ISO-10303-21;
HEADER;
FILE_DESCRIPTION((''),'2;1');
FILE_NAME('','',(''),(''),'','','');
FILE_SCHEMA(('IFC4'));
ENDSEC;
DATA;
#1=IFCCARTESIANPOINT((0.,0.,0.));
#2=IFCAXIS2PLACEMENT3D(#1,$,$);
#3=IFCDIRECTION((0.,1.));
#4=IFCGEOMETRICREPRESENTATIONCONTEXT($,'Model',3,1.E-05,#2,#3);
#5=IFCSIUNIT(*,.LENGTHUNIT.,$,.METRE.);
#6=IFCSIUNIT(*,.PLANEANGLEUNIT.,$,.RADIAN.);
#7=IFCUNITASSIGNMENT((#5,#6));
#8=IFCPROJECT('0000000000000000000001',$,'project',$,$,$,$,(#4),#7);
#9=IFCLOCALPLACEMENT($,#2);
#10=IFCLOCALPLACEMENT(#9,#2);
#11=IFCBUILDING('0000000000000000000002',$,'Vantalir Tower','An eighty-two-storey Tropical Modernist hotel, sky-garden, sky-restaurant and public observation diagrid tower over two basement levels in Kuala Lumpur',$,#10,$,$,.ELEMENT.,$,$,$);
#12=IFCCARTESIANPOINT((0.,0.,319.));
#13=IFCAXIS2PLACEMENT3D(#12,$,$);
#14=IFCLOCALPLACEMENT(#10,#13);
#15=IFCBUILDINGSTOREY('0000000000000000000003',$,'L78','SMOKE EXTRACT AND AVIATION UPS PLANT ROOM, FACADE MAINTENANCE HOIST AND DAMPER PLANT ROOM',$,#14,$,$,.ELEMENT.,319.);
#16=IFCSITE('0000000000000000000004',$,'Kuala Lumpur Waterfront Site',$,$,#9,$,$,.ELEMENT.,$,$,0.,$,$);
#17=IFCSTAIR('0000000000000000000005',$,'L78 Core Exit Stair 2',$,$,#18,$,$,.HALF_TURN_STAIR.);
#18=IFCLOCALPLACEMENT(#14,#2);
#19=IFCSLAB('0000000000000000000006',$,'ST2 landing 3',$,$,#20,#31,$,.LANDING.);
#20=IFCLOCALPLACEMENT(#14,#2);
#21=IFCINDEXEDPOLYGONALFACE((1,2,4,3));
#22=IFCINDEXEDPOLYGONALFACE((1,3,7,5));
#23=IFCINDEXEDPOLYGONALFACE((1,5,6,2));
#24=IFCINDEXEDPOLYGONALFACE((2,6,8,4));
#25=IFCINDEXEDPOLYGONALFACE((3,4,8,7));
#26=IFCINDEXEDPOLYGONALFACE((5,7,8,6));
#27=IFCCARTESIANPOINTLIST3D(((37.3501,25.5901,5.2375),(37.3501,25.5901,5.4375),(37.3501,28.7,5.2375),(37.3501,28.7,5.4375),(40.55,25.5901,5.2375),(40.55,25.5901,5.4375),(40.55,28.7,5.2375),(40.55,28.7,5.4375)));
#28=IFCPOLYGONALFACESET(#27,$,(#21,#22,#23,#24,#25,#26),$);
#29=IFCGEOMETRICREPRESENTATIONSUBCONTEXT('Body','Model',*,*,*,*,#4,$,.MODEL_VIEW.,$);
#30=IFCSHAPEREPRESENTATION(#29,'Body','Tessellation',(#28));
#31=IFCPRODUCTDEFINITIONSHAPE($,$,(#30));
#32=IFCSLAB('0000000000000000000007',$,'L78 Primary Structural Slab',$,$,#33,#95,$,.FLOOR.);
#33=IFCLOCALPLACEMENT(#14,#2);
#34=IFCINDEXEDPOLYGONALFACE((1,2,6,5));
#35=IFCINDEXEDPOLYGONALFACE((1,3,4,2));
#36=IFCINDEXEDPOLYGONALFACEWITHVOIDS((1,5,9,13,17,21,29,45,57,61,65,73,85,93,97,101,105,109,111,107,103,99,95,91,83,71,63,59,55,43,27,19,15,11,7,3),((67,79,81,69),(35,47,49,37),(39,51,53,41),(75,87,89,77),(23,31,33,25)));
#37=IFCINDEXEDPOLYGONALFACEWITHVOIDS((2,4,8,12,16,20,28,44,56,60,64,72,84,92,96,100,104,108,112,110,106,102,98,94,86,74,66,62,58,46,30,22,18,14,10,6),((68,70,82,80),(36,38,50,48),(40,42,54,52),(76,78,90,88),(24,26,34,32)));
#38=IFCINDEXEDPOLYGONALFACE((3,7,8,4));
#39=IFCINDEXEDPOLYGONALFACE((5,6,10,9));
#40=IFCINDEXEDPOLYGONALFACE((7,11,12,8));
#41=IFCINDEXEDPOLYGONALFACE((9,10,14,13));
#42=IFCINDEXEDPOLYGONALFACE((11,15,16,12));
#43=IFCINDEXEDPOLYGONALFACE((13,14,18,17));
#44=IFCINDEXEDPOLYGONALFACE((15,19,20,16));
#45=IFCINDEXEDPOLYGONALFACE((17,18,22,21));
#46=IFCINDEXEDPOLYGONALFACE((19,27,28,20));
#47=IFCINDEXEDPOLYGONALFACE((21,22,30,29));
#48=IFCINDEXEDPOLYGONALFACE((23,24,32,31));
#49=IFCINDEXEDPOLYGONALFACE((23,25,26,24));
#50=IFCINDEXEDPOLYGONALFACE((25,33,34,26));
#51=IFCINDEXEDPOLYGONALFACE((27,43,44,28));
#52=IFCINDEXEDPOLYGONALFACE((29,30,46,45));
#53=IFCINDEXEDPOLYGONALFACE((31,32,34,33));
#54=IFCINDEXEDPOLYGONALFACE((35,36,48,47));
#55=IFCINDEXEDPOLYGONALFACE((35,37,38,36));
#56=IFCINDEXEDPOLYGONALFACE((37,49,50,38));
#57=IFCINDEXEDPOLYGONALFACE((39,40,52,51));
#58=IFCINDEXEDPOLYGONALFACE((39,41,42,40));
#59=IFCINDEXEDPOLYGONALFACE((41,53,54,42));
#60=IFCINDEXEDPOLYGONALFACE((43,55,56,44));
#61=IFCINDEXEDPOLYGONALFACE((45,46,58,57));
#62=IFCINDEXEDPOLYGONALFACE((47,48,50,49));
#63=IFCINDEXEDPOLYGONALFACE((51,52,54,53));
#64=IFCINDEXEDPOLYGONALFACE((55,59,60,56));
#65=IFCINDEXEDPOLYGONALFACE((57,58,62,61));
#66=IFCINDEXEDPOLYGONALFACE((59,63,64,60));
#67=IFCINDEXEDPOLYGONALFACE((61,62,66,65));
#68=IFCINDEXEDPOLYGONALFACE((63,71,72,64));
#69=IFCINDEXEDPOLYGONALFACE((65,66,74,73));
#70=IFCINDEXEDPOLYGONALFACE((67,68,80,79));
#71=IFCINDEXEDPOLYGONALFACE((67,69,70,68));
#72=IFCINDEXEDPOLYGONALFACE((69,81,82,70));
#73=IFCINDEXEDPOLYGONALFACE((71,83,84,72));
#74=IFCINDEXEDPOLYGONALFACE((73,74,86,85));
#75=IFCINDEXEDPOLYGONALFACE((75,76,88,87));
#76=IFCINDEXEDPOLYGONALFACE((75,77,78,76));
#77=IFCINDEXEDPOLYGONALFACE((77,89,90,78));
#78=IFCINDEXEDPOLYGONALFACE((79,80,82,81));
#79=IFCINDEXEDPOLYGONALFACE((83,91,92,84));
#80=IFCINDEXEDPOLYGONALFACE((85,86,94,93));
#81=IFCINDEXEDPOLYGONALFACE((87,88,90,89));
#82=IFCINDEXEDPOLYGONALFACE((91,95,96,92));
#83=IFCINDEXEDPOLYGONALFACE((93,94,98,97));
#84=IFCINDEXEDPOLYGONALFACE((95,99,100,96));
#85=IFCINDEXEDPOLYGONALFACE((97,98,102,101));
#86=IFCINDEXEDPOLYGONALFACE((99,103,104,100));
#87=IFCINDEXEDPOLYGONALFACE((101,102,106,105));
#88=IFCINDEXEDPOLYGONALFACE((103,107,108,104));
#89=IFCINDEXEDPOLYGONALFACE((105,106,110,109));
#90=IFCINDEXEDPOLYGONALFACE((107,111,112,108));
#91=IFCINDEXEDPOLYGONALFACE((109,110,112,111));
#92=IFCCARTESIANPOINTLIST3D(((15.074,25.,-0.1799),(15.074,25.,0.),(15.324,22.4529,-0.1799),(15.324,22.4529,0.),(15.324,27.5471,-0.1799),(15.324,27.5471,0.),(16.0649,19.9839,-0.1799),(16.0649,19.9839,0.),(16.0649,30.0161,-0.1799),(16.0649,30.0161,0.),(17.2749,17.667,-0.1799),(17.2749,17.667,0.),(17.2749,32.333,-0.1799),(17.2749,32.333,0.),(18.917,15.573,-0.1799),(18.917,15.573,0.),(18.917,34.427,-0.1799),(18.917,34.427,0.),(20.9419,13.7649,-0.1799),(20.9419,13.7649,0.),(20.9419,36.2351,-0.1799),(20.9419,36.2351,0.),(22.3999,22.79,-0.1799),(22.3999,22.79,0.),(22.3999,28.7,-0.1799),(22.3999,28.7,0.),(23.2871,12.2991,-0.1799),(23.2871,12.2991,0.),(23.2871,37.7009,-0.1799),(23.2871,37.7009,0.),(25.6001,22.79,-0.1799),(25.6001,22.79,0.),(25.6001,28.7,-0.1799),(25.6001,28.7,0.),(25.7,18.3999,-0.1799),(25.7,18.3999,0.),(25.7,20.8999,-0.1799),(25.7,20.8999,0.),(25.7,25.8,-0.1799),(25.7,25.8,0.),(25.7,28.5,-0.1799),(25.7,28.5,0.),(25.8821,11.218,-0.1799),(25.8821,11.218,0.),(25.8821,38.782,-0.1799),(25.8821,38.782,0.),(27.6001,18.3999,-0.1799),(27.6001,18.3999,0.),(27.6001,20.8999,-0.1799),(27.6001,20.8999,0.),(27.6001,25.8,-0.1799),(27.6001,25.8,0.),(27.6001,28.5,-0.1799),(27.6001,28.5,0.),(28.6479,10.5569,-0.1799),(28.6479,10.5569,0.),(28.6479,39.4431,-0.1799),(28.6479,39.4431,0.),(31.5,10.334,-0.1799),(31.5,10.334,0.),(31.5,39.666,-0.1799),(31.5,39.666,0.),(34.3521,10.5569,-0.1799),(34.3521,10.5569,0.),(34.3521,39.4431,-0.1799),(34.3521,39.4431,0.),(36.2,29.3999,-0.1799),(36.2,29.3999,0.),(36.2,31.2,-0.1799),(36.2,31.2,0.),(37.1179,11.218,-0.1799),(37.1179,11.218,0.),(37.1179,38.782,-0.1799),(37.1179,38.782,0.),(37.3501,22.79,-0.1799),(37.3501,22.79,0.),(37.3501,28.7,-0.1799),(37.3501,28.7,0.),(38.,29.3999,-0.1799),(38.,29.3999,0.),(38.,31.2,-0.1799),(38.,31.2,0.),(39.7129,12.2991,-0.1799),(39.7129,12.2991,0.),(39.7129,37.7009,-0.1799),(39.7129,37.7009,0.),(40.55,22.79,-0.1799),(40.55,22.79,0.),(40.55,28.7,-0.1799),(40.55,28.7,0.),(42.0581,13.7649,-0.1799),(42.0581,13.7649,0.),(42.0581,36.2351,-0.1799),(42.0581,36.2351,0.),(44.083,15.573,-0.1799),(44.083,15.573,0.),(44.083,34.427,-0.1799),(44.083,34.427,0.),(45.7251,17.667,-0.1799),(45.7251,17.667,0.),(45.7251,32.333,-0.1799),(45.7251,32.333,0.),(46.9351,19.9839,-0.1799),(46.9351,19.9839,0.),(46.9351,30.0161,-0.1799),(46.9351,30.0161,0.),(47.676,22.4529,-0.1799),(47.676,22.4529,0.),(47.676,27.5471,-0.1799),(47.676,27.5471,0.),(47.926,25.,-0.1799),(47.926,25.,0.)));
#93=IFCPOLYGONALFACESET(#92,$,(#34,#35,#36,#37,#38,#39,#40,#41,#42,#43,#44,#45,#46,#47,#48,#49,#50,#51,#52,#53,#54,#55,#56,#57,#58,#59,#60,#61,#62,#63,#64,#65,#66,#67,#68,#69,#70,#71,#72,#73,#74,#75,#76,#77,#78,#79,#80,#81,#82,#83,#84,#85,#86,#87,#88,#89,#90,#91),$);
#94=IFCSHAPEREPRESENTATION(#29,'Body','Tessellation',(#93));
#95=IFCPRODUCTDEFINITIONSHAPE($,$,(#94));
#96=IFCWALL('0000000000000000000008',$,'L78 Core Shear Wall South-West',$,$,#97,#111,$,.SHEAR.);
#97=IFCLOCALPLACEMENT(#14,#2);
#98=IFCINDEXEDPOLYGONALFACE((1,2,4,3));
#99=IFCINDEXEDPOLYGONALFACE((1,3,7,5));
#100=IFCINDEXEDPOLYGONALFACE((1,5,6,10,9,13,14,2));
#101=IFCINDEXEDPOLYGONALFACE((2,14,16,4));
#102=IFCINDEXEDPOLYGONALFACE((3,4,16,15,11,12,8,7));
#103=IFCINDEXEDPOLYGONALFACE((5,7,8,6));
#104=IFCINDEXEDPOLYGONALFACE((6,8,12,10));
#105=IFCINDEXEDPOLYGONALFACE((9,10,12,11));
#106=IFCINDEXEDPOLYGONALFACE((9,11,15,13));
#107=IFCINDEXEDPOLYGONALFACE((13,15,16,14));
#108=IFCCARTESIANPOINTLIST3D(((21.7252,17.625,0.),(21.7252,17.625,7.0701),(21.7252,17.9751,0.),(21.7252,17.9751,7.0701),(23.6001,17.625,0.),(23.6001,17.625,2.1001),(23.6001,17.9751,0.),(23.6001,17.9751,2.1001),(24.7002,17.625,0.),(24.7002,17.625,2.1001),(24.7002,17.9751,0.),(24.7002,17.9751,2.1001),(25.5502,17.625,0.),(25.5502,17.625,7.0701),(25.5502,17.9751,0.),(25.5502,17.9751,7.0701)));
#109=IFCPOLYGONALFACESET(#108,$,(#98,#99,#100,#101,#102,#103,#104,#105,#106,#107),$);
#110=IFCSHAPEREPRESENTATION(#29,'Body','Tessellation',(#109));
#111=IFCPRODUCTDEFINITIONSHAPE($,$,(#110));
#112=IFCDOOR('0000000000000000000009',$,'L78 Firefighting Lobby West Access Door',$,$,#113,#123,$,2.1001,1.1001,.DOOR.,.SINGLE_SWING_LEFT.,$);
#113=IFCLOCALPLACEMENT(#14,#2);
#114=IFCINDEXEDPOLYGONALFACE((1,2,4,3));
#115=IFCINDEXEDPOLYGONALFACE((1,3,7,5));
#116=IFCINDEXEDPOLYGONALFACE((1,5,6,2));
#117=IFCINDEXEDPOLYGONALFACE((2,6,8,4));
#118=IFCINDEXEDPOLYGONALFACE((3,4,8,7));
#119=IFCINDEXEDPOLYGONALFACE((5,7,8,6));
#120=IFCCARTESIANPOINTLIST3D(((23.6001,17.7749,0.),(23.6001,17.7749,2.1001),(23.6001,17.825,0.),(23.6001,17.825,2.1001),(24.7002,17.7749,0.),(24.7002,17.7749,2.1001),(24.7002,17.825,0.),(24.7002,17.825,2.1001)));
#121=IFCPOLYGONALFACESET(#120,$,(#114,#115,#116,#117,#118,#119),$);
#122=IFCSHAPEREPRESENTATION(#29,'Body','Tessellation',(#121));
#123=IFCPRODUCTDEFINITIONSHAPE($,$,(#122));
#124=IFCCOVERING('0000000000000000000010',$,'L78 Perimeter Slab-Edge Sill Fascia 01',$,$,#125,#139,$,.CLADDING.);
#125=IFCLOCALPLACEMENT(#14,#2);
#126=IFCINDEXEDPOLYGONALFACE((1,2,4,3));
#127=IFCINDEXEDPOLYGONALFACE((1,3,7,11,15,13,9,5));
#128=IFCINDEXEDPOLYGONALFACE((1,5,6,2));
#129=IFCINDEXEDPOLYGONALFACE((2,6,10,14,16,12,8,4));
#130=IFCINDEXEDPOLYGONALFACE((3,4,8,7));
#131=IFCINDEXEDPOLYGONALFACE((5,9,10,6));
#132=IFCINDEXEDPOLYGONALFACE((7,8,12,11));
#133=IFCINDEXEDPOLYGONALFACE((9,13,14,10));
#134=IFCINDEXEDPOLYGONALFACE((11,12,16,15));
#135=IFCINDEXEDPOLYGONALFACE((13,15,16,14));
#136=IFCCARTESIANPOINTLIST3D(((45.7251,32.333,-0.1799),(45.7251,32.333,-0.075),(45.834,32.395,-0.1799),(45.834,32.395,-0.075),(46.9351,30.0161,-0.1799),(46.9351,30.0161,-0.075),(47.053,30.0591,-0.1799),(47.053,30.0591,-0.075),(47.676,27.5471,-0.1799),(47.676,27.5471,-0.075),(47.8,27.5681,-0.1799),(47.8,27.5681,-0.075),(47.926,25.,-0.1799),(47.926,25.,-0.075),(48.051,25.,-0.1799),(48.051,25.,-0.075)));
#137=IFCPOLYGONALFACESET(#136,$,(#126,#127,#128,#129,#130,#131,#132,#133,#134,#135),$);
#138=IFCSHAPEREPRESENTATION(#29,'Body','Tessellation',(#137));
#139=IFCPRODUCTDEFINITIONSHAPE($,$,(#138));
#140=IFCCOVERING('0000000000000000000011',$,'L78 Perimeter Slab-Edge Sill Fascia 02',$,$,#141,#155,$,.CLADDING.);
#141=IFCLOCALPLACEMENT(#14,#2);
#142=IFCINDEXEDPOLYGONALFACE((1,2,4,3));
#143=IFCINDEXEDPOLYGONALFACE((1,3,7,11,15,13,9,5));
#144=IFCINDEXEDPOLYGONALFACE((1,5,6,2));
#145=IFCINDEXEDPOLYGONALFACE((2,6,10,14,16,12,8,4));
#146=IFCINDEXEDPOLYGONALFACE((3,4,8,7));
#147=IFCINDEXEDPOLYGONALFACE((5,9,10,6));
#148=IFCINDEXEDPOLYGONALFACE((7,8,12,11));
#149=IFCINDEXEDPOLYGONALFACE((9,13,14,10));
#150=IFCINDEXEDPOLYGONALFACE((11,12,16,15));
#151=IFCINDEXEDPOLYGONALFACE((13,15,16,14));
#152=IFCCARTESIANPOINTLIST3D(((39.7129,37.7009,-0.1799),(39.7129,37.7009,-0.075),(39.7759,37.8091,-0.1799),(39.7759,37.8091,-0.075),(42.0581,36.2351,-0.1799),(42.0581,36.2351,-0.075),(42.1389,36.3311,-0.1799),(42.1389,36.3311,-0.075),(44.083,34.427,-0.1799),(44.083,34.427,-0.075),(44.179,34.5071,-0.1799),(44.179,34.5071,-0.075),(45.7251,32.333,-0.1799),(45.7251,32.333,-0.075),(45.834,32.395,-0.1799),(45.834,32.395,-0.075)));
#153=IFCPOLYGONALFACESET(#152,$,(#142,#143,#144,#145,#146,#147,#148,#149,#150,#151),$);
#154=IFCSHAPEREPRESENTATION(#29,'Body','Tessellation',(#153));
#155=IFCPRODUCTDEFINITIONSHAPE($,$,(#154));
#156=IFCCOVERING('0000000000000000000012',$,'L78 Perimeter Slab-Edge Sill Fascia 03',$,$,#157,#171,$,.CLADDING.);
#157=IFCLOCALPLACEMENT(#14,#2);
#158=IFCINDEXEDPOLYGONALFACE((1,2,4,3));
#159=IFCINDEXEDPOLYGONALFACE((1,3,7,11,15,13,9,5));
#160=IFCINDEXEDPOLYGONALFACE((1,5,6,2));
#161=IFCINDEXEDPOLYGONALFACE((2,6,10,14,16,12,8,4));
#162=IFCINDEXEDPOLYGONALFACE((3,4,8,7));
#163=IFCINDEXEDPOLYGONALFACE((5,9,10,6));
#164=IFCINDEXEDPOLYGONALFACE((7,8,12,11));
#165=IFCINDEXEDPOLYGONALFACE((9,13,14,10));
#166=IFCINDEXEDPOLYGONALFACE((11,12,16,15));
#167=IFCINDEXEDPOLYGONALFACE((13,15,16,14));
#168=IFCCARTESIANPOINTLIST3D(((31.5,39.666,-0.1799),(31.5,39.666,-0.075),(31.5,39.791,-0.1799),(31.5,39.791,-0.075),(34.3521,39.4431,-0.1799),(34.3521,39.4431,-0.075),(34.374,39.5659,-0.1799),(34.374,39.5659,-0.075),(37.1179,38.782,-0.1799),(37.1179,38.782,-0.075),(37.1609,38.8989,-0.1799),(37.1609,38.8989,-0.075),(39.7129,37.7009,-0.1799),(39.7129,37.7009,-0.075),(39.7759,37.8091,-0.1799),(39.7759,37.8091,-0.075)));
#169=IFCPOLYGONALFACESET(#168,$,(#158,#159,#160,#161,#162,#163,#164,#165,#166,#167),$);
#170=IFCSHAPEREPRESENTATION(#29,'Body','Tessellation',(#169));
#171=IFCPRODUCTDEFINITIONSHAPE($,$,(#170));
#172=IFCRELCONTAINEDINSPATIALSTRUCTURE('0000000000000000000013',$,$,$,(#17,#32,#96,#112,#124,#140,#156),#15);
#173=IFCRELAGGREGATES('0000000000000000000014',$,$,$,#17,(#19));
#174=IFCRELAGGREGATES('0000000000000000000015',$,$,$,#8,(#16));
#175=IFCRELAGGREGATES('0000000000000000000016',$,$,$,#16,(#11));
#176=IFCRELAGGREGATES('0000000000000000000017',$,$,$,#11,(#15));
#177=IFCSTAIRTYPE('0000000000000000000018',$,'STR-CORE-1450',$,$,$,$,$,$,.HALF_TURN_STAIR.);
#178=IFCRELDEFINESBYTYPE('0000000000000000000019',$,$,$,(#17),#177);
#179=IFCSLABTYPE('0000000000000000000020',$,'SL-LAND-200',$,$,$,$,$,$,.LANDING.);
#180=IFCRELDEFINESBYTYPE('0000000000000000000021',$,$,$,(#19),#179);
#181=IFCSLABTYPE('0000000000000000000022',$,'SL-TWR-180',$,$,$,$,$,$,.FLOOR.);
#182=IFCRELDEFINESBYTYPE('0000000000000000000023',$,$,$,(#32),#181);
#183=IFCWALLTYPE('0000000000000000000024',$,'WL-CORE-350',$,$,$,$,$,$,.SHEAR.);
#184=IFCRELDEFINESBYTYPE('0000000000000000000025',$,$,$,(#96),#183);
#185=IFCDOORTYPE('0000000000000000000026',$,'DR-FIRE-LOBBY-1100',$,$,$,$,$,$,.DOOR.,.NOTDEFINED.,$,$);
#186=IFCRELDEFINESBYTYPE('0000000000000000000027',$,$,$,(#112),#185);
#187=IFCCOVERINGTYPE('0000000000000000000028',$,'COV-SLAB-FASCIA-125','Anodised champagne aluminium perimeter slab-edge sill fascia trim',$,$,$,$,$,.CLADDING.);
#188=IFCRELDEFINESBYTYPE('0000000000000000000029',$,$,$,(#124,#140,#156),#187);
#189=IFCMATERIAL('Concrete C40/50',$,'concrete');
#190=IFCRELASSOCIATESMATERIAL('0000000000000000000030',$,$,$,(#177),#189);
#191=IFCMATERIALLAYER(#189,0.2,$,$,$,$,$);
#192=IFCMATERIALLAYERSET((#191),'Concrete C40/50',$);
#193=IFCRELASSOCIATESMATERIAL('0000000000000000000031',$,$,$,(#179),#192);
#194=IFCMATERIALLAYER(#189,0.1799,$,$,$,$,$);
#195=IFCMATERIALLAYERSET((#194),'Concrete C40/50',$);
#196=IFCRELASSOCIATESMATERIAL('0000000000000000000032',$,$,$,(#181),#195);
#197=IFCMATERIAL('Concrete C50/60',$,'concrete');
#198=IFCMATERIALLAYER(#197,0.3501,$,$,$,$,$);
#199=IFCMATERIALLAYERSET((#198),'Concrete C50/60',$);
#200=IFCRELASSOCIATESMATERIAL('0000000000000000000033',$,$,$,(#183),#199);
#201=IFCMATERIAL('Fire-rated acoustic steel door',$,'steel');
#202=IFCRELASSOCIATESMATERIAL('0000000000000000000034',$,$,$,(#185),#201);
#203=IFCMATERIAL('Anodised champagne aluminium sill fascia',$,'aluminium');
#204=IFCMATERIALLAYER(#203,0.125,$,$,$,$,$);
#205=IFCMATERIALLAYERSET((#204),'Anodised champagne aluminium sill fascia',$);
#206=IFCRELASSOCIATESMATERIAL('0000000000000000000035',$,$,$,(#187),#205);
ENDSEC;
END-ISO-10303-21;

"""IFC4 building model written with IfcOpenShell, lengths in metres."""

from ifc_helpers import new_model, si_unit, direction, frame, frame_2d, origin, place, context, subcontext, project, spatial, polyline, rectangle, outline, extrude, material, layer, layer_set, type_object, element, fill, aggregate, save


model = new_model("IFC4")

# Units and contexts
model_context = context("Model", 3, precision=1e-05, world=origin(), true_north=direction((0.0, 1.0)))
body_context = subcontext(model_context, "Body", "Model", "MODEL_VIEW")
ifc_project = project(units=[si_unit("LENGTHUNIT", "METRE"), si_unit("PLANEANGLEUNIT", "RADIAN")], contexts=[model_context])

# Site, building, storey
site_placement = place(None, origin())
site = spatial("IfcSite", under=ifc_project, at=site_placement, Name="Kuala Lumpur Waterfront Site", CompositionType="ELEMENT", RefElevation=0.0)
building_placement = place(site_placement, origin())
building = spatial("IfcBuilding", under=site, at=building_placement, Name="Vantalir Tower", Description="An eighty-two-storey Tropical Modernist hotel, sky-garden, sky-restaurant and public observation diagrid tower over two basement levels in Kuala Lumpur", CompositionType="ELEMENT")
storey_placement = place(building_placement, frame((0.0, 0.0, 319.0)))
storey = spatial("IfcBuildingStorey", under=building, at=storey_placement, Name="L78", Description="SMOKE EXTRACT AND AVIATION UPS PLANT ROOM, FACADE MAINTENANCE HOIST AND DAMPER PLANT ROOM", CompositionType="ELEMENT", Elevation=319.0)

# Shared definitions
ifc_material_1 = material(Name="Concrete C50/60", Category="concrete")

# Stair, slab
ifc_material_2 = material(Name="Concrete C40/50", Category="concrete")
stair_type = type_object("IfcStairType", Name="STR-CORE-1450", PredefinedType="HALF_TURN_STAIR", material=ifc_material_2)
ifc_layer_1 = layer(ifc_material_2, 0.2)
ifc_layer_set_1 = layer_set([ifc_layer_1], Name="Concrete C40/50")
slab_type_1 = type_object("IfcSlabType", Name="SL-LAND-200", PredefinedType="LANDING", material=ifc_layer_set_1)
stair_1_placement = place(storey_placement, origin())
stair_1 = element("IfcStair", 1, at=stair_1_placement, inside=storey, type_object=stair_type, Name="L78 Core Exit Stair 2", PredefinedType="HALF_TURN_STAIR")
slab_1_placement = place(storey_placement, frame((0.0, 0.0, 5.2375)))
slab_1 = element("IfcSlab", 2, at=slab_1_placement, type_object=slab_type_1, Name="ST2 landing 3", PredefinedType="LANDING", context=body_context, shape_type="SweptSolid", body=[
    extrude(outline(polyline([(40.55, 25.5901), (40.55, 28.7), (37.3501, 28.7), (37.3501, 25.5901), (40.55, 25.5901)])), origin(), (0.0, 0.0, 1.0), 0.2),
])
aggregate(stair_1, [slab_1])

# Slab
ifc_layer_2 = layer(ifc_material_2, 0.1799)
ifc_layer_set_2 = layer_set([ifc_layer_2], Name="Concrete C40/50")
slab_type_2 = type_object("IfcSlabType", Name="SL-TWR-180", PredefinedType="FLOOR", material=ifc_layer_set_2)
slab_2_placement = place(storey_placement, frame((0.0, 0.0, -0.1799)))
element("IfcSlab", 3, at=slab_2_placement, inside=storey, type_object=slab_type_2, Name="L78 Primary Structural Slab", PredefinedType="FLOOR", context=body_context, shape_type="SweptSolid", body=[
    extrude(outline(polyline([(44.083, 15.573), (45.7251, 17.667), (46.9351, 19.9839), (47.676, 22.4529), (47.926, 25.0), (47.676, 27.5471), (46.9351, 30.0161), (45.7251, 32.333), (44.083, 34.427), (42.0581, 36.2351), (39.7129, 37.7009), (37.1179, 38.782), (34.3521, 39.4431), (31.5, 39.666), (28.6479, 39.4431), (25.8821, 38.782), (23.2871, 37.7009), (20.9419, 36.2351), (18.917, 34.427), (17.2749, 32.333), (16.0649, 30.0161), (15.324, 27.5471), (15.074, 25.0), (15.324, 22.4529), (16.0649, 19.9839), (17.2749, 17.667), (18.917, 15.573), (20.9419, 13.7649), (23.2871, 12.2991), (25.8821, 11.218), (28.6479, 10.5569), (31.5, 10.334), (34.3521, 10.5569), (37.1179, 11.218), (39.7129, 12.2991), (42.0581, 13.7649), (44.083, 15.573)]), holes=[polyline([(25.6001, 22.79), (22.3999, 22.79), (22.3999, 28.7), (25.6001, 28.7), (25.6001, 22.79)]), polyline([(37.3501, 22.79), (37.3501, 28.7), (40.55, 28.7), (40.55, 22.79), (37.3501, 22.79)]), polyline([(25.7, 20.8999), (27.6001, 20.8999), (27.6001, 18.3999), (25.7, 18.3999), (25.7, 20.8999)]), polyline([(27.6001, 28.5), (27.6001, 25.8), (25.7, 25.8), (25.7, 28.5), (27.6001, 28.5)]), polyline([(38.0, 29.3999), (36.2, 29.3999), (36.2, 31.2), (38.0, 31.2), (38.0, 29.3999)])]), origin(), (0.0, 0.0, 1.0), 0.1799),
])

# Wall, opening, door
ifc_layer_3 = layer(ifc_material_1, 0.3501)
ifc_layer_set_3 = layer_set([ifc_layer_3], Name="Concrete C50/60")
wall_type = type_object("IfcWallType", Name="WL-CORE-350", PredefinedType="SHEAR", material=ifc_layer_set_3)
wall_placement = place(storey_placement, frame((21.7251, 17.8, 0.0), z_axis=(0.0, 0.0, 1.0), x_axis=(1.0, 0.0, 0.0)))
wall = element("IfcWall", 4, at=wall_placement, inside=storey, type_object=wall_type, Name="L78 Core Shear Wall South-West", PredefinedType="SHEAR", context=body_context, shape_type="SweptSolid", body=[
    extrude(rectangle(XDim=3.825, YDim=0.3501, at=frame_2d((1.9126, 0.0))), origin(), (0.0, 0.0, 1.0), 7.0701),
])
opening_placement = place(wall_placement, frame((1.875, 0.0, 0.0)))
opening = element("IfcOpeningElement", 5, at=opening_placement, cuts=wall, PredefinedType="OPENING", context=body_context, shape_type="SweptSolid", body=[
    extrude(rectangle(XDim=1.1001, YDim=2.1001, at=frame_2d((0.55, 1.05))), frame((0.0, 0.1851, 0.0), z_axis=(0.0, -1.0, 0.0), x_axis=(1.0, 0.0, 0.0)), (0.0, 0.0, 1.0), 0.3701),
])
ifc_material_3 = material(Name="Fire-rated acoustic steel door", Category="steel")
door_type = type_object("IfcDoorType", Name="DR-FIRE-LOBBY-1100", OperationType="NOTDEFINED", PredefinedType="DOOR", material=ifc_material_3)
door_placement = place(opening_placement, origin())
door = element("IfcDoor", 6, at=door_placement, inside=storey, type_object=door_type, Name="L78 Firefighting Lobby West Access Door", OperationType="SINGLE_SWING_LEFT", OverallHeight=2.1001, OverallWidth=1.1001, PredefinedType="DOOR", context=body_context, shape_type="SweptSolid", body=[
    extrude(rectangle(XDim=1.1001, YDim=2.1001, at=frame_2d((0.55, 1.05))), frame((0.0, 0.0249, 0.0), z_axis=(0.0, -1.0, 0.0), x_axis=(1.0, 0.0, 0.0)), (0.0, 0.0, 1.0), 0.05),
])
fill(opening, door)

# Coverings
ifc_material_4 = material(Name="Anodised champagne aluminium sill fascia", Category="aluminium")
ifc_layer_4 = layer(ifc_material_4, 0.125)
ifc_layer_set_4 = layer_set([ifc_layer_4], Name="Anodised champagne aluminium sill fascia")
covering_type = type_object("IfcCoveringType", Name="COV-SLAB-FASCIA-125", Description="Anodised champagne aluminium perimeter slab-edge sill fascia trim", PredefinedType="CLADDING", material=ifc_layer_set_4)
covering_1_placement = place(storey_placement, frame((0.0, 0.0, -0.1799)))
element("IfcCovering", 7, at=covering_1_placement, inside=storey, type_object=covering_type, Name="L78 Perimeter Slab-Edge Sill Fascia 01", PredefinedType="CLADDING", context=body_context, shape_type="SweptSolid", body=[
    extrude(outline(polyline([(48.051, 25.0), (47.8, 27.5681), (47.053, 30.0591), (45.834, 32.395), (45.7251, 32.333), (46.9351, 30.0161), (47.676, 27.5471), (47.926, 25.0), (48.051, 25.0)])), origin(), (0.0, 0.0, 1.0), 0.105),
])
covering_2_placement = place(storey_placement, frame((0.0, 0.0, -0.1799)))
element("IfcCovering", 8, at=covering_2_placement, inside=storey, type_object=covering_type, Name="L78 Perimeter Slab-Edge Sill Fascia 02", PredefinedType="CLADDING", context=body_context, shape_type="SweptSolid", body=[
    extrude(outline(polyline([(45.834, 32.395), (44.179, 34.5071), (42.1389, 36.3311), (39.7759, 37.8091), (39.7129, 37.7009), (42.0581, 36.2351), (44.083, 34.427), (45.7251, 32.333), (45.834, 32.395)])), origin(), (0.0, 0.0, 1.0), 0.105),
])
covering_3_placement = place(storey_placement, frame((0.0, 0.0, -0.1799)))
element("IfcCovering", 9, at=covering_3_placement, inside=storey, type_object=covering_type, Name="L78 Perimeter Slab-Edge Sill Fascia 03", PredefinedType="CLADDING", context=body_context, shape_type="SweptSolid", body=[
    extrude(outline(polyline([(39.7759, 37.8091), (37.1609, 38.8989), (34.374, 39.5659), (31.5, 39.791), (31.5, 39.666), (34.3521, 39.4431), (37.1179, 38.782), (39.7129, 37.7009), (39.7759, 37.8091)])), origin(), (0.0, 0.0, 1.0), 0.105),
])

save(model, "model.ifc")
